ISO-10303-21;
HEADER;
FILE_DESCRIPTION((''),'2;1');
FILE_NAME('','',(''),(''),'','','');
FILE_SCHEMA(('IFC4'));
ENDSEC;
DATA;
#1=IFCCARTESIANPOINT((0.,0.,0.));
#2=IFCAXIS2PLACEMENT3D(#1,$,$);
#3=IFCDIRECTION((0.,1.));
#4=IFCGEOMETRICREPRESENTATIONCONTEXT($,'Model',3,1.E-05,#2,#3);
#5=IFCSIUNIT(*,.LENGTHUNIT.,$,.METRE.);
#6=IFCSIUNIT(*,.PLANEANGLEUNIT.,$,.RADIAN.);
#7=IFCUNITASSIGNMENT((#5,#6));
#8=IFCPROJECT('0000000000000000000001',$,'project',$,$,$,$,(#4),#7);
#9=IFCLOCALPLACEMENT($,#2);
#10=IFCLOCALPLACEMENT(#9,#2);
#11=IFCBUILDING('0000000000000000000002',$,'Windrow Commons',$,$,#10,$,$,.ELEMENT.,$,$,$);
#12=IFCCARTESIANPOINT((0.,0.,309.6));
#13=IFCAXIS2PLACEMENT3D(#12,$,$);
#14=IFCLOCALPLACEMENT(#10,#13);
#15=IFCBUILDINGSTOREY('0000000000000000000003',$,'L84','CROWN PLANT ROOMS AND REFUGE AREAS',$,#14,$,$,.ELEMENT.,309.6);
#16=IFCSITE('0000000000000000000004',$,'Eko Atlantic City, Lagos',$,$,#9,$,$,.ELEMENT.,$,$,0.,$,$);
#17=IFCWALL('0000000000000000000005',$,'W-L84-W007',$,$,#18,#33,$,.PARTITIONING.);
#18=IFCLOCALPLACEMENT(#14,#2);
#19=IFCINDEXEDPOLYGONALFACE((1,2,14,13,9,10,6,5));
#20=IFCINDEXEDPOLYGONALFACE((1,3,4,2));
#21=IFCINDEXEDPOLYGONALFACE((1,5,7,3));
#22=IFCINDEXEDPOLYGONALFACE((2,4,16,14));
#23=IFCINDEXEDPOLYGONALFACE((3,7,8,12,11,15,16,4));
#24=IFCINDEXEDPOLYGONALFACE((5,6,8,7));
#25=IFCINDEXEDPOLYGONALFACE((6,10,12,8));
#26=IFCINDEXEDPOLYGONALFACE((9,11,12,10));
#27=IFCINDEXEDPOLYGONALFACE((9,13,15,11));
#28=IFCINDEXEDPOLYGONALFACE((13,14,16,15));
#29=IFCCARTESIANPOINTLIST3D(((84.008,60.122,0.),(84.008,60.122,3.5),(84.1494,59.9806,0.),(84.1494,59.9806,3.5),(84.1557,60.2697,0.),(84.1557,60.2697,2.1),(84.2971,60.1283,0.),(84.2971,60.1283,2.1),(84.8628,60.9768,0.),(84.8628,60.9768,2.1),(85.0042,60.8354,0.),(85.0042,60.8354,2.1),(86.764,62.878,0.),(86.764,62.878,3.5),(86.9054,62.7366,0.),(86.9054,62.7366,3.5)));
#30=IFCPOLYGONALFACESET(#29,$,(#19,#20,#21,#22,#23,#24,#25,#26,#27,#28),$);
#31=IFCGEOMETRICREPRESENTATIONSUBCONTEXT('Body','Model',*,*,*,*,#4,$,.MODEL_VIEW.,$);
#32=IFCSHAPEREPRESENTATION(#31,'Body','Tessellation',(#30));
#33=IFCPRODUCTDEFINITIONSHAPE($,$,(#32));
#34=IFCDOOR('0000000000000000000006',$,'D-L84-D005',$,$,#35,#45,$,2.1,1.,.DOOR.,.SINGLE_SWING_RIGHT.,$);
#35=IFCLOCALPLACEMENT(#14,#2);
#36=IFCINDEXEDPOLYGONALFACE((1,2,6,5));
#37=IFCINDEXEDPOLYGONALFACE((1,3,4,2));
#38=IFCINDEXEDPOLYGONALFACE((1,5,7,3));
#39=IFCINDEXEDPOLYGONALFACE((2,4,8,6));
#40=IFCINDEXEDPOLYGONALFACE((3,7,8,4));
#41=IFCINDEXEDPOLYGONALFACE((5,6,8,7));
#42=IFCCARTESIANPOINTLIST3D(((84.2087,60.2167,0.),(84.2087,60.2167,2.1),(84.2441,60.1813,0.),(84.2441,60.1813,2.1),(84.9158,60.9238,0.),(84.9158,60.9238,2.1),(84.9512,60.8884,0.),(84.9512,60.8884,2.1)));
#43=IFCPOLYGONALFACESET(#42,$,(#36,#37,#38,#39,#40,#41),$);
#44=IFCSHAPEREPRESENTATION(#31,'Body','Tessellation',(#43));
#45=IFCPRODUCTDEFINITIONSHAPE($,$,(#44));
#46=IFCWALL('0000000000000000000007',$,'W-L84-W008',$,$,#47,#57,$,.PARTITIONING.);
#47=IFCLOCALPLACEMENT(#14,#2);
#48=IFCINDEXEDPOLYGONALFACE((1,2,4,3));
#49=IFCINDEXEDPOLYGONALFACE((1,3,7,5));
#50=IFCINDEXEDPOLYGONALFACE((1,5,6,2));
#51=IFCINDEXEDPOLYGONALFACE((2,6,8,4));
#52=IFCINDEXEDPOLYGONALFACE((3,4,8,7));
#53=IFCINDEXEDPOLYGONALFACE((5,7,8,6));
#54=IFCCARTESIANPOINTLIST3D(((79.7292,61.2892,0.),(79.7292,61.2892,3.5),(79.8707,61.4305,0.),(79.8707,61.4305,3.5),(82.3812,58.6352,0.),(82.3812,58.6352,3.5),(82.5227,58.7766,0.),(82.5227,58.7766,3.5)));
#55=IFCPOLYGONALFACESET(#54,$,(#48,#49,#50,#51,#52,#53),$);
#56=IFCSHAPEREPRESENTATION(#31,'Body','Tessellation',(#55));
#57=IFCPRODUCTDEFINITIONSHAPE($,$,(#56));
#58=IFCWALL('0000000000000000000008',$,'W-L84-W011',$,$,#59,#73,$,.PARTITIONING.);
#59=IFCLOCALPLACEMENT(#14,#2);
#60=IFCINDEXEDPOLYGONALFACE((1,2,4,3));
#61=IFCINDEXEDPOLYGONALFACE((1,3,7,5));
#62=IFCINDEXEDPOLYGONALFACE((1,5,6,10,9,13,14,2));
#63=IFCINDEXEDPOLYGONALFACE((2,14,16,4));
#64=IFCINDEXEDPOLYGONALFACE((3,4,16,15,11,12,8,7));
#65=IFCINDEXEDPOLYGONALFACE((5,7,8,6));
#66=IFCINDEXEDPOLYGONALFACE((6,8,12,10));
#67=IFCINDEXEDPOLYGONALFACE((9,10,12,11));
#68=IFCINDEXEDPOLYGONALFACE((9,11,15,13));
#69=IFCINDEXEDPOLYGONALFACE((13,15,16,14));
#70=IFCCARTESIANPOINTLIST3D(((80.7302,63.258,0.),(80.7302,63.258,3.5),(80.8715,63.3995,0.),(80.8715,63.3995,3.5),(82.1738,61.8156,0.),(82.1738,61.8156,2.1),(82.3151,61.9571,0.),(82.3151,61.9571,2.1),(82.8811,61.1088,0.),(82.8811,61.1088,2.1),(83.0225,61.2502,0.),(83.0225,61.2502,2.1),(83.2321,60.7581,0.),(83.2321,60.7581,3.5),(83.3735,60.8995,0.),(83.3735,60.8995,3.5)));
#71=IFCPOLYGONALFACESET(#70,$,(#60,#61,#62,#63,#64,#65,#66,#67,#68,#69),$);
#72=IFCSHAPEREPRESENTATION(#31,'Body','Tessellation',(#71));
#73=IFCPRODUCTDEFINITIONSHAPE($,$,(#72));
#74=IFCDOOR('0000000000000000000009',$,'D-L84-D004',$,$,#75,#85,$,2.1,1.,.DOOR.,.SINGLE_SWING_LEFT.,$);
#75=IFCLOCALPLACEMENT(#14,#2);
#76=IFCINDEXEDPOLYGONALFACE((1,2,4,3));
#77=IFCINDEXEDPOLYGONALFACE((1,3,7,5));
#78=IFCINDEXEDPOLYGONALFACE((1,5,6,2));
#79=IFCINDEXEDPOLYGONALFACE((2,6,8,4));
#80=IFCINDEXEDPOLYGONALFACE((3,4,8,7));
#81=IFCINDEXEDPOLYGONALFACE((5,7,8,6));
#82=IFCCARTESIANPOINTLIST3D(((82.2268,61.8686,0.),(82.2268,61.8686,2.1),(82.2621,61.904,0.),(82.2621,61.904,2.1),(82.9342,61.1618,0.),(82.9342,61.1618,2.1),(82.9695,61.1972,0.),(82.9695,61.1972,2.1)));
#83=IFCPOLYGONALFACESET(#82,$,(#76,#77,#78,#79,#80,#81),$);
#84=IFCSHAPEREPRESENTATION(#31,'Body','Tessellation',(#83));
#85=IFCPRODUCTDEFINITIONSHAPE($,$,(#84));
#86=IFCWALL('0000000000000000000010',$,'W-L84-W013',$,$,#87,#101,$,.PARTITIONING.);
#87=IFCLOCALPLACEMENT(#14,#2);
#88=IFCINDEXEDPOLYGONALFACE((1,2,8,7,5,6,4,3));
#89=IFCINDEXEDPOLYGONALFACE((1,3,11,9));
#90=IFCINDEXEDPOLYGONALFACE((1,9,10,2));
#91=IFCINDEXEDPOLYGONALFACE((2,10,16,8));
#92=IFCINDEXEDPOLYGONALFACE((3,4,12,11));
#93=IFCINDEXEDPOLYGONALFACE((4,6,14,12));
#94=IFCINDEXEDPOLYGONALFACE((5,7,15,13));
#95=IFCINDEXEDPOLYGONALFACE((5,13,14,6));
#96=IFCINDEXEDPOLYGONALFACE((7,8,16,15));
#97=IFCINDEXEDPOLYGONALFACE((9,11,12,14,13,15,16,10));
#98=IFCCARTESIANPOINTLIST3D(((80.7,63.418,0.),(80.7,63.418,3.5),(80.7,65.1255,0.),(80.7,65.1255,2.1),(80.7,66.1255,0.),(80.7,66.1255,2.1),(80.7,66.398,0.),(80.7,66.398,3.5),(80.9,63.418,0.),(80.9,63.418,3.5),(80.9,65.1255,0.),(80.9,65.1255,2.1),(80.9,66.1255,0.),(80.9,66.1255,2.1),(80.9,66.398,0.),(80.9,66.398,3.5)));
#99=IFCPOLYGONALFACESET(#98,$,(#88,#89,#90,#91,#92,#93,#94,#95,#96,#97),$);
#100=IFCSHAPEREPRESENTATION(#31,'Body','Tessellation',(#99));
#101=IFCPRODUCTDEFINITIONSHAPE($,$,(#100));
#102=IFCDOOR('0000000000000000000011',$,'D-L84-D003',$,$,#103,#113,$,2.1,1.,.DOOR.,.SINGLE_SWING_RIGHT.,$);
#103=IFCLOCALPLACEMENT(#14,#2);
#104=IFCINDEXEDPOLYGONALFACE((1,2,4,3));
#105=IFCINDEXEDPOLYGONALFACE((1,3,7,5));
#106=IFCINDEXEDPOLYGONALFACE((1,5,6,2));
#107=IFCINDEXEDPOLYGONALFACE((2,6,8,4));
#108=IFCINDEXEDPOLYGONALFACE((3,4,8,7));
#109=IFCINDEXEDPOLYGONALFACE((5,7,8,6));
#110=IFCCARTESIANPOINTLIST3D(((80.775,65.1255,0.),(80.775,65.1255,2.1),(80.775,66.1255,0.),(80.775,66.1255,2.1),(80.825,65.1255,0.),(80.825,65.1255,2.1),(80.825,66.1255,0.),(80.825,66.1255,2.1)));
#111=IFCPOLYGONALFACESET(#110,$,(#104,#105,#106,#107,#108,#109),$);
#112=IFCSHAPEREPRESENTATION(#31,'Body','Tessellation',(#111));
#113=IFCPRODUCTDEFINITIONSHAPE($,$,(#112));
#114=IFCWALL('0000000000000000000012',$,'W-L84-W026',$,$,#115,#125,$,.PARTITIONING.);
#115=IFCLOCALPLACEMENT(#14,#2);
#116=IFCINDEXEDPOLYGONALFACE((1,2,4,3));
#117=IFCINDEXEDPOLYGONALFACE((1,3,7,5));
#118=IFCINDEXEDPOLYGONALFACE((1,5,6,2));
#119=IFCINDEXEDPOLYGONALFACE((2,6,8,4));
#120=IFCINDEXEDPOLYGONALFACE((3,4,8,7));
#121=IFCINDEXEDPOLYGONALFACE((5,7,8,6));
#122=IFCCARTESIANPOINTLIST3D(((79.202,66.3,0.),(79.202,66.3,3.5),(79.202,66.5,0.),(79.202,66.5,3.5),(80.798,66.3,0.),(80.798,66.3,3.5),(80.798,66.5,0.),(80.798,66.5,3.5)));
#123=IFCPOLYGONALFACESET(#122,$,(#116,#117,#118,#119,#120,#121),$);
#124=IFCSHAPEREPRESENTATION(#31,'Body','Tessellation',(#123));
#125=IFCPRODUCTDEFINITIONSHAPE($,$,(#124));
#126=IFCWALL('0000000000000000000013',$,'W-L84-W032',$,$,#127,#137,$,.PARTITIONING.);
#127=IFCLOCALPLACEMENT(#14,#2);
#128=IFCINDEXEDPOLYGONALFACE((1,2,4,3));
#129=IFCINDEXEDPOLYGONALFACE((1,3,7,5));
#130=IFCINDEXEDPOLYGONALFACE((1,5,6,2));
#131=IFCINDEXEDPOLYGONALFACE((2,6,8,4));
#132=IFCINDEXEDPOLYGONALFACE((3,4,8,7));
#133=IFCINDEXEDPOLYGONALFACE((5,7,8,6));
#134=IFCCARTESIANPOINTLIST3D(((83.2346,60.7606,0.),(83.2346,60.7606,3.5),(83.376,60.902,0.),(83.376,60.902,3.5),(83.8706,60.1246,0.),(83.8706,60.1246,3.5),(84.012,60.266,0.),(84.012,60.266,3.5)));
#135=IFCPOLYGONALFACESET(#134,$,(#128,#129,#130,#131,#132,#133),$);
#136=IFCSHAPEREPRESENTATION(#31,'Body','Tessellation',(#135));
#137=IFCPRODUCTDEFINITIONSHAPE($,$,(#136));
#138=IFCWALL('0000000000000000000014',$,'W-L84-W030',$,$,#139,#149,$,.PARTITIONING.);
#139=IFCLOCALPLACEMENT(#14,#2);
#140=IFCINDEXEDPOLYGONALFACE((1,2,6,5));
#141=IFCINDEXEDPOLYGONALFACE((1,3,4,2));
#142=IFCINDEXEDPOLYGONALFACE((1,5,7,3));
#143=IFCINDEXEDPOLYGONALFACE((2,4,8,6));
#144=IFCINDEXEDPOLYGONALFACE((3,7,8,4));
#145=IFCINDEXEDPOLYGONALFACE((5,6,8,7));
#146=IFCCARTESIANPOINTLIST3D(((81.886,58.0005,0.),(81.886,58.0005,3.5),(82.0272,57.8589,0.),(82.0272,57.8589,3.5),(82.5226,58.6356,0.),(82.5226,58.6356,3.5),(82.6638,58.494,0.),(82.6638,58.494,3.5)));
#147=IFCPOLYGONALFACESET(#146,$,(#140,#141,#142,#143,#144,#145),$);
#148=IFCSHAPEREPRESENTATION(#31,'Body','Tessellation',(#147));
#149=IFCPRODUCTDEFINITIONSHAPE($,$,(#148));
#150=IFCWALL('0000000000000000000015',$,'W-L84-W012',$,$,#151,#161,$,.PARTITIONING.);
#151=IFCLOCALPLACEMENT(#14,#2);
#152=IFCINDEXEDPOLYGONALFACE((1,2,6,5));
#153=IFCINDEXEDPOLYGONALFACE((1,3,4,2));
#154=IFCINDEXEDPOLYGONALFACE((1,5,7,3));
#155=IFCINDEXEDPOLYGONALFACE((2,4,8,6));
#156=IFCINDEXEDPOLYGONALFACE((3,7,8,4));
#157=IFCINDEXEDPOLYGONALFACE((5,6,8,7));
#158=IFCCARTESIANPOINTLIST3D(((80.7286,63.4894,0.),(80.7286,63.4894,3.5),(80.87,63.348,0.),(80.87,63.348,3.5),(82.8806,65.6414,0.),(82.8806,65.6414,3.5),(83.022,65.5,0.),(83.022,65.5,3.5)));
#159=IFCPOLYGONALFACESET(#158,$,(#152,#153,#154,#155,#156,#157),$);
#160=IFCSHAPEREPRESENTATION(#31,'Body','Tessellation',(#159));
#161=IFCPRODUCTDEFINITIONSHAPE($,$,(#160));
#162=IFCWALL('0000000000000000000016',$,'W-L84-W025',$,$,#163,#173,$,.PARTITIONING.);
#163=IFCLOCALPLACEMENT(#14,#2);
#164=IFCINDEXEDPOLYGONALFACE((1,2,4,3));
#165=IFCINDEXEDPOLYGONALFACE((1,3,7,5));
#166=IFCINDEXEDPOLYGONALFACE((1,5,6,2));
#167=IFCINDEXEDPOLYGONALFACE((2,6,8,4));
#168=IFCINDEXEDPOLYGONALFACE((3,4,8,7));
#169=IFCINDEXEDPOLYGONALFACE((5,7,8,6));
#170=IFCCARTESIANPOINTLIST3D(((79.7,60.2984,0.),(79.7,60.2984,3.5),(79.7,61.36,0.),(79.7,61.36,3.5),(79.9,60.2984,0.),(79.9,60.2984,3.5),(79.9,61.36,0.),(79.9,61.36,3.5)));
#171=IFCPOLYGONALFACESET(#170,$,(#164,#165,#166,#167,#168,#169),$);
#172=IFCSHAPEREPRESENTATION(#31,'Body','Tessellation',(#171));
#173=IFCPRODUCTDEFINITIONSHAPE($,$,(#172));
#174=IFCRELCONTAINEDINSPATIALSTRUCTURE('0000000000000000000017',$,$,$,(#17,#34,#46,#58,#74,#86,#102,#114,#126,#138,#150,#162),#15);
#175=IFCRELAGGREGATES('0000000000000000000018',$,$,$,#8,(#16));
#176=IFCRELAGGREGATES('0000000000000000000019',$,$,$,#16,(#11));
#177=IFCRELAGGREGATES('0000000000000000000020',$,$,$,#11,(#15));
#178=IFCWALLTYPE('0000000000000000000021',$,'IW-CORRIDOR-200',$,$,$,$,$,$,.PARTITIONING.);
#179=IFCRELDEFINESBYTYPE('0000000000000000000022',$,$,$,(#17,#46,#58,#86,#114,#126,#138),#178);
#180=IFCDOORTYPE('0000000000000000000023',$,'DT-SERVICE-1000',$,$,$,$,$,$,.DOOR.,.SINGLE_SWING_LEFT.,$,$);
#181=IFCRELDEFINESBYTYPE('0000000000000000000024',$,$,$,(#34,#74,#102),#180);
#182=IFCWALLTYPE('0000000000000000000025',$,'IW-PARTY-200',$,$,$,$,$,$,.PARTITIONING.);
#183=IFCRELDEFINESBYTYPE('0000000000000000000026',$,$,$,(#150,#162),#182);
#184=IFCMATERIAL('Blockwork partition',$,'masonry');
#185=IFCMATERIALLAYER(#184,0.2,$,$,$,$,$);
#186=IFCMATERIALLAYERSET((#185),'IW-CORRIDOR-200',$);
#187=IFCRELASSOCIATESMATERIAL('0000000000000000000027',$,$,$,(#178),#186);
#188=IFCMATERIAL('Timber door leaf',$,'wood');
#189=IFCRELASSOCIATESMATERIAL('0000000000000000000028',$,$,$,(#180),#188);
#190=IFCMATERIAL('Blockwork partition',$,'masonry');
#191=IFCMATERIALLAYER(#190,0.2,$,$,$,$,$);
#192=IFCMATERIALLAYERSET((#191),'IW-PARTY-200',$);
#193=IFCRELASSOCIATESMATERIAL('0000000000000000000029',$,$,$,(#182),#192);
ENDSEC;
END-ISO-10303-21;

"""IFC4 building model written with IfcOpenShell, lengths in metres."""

from ifc_helpers import new_model, si_unit, direction, frame, frame_2d, origin, place, context, subcontext, project, spatial, polyline, rectangle, outline, extrude, material, layer, layer_set, type_object, element, fill, save


model = new_model("IFC4")

# Units and contexts
model_context = context("Model", 3, precision=1e-05, world=origin(), true_north=direction((0.0, 1.0)))
body_context = subcontext(model_context, "Body", "Model", "MODEL_VIEW")
ifc_project = project(units=[si_unit("LENGTHUNIT", "METRE"), si_unit("PLANEANGLEUNIT", "RADIAN")], contexts=[model_context])

# Site, building, storey
site_placement = place(None, origin())
site = spatial("IfcSite", under=ifc_project, at=site_placement, Name="Eko Atlantic City, Lagos", CompositionType="ELEMENT", RefElevation=0.0)
building_placement = place(site_placement, origin())
building = spatial("IfcBuilding", under=site, at=building_placement, Name="Windrow Commons", CompositionType="ELEMENT")
storey_placement = place(building_placement, frame((0.0, 0.0, 309.6)))
storey = spatial("IfcBuildingStorey", under=building, at=storey_placement, Name="L84", Description="CROWN PLANT ROOMS AND REFUGE AREAS", CompositionType="ELEMENT", Elevation=309.6)

# Wall, opening, door
ifc_material_1 = material(Name="Blockwork partition", Category="masonry")
ifc_layer_1 = layer(ifc_material_1, 0.2)
ifc_layer_set_1 = layer_set([ifc_layer_1], Name="IW-CORRIDOR-200")
wall_type_1 = type_object("IfcWallType", Name="IW-CORRIDOR-200", PredefinedType="PARTITIONING", material=ifc_layer_set_1)
wall_1_placement = place(storey_placement, frame((84.0787, 60.0513, 0.0), z_axis=(0.0, 0.0, 1.0), x_axis=(0.707107, 0.707107, 0.0)))
wall_1 = element("IfcWall", 1, at=wall_1_placement, inside=storey, type_object=wall_type_1, Name="W-L84-W007", PredefinedType="PARTITIONING", context=body_context, shape_type="SweptSolid", body=[
    extrude(rectangle(XDim=3.8976, YDim=0.2, at=frame_2d((1.9488, 0.0))), origin(), (0.0, 0.0, 1.0), 3.5),
])
opening_1_placement = place(wall_1_placement, frame((0.2089, 0.0, 0.0)))
opening_1 = element("IfcOpeningElement", 2, at=opening_1_placement, cuts=wall_1, PredefinedType="OPENING", context=body_context, shape_type="SweptSolid", body=[
    extrude(rectangle(XDim=1.0, YDim=2.1, at=frame_2d((0.5, 1.05))), frame((0.0, 0.11, 0.0), z_axis=(0.0, -1.0, 0.0), x_axis=(1.0, 0.0, 0.0)), (0.0, 0.0, 1.0), 0.22),
])
ifc_material_2 = material(Name="Timber door leaf", Category="wood")
door_type_1 = type_object("IfcDoorType", Name="DT-SERVICE-1000", OperationType="SINGLE_SWING_LEFT", PredefinedType="DOOR", material=ifc_material_2)
door_1_placement = place(opening_1_placement, origin())
door_1 = element("IfcDoor", 3, at=door_1_placement, inside=storey, type_object=door_type_1, Name="D-L84-D005", OperationType="SINGLE_SWING_RIGHT", OverallHeight=2.1, OverallWidth=1.0, PredefinedType="DOOR", context=body_context, shape_type="SweptSolid", body=[
    extrude(rectangle(XDim=1.0, YDim=2.1, at=frame_2d((0.5, 1.05))), frame((0.0, 0.025, 0.0), z_axis=(0.0, -1.0, 0.0), x_axis=(1.0, 0.0, 0.0)), (0.0, 0.0, 1.0), 0.05),
])
fill(opening_1, door_1)

# Wall
wall_2_placement = place(storey_placement, frame((79.7999, 61.3599, 0.0), z_axis=(0.0, 0.0, 1.0), x_axis=(0.70684, -0.707373, 0.0)))
element("IfcWall", 4, at=wall_2_placement, inside=storey, type_object=wall_type_1, Name="W-L84-W008", PredefinedType="PARTITIONING", context=body_context, shape_type="SweptSolid", body=[
    extrude(rectangle(XDim=3.7519, YDim=0.2, at=frame_2d((1.876, 0.0))), origin(), (0.0, 0.0, 1.0), 3.5),
])

# Walls, openings, doors
wall_3_placement = place(storey_placement, frame((80.8008, 63.3288, 0.0), z_axis=(0.0, 0.0, 1.0), x_axis=(0.707389, -0.706824, 0.0)))
wall_3 = element("IfcWall", 5, at=wall_3_placement, inside=storey, type_object=wall_type_1, Name="W-L84-W011", PredefinedType="PARTITIONING", context=body_context, shape_type="SweptSolid", body=[
    extrude(rectangle(XDim=3.5369, YDim=0.2, at=frame_2d((1.7685, 0.0))), origin(), (0.0, 0.0, 1.0), 3.5),
])
opening_2_placement = place(wall_3_placement, frame((2.0408, 0.0, 0.0)))
opening_2 = element("IfcOpeningElement", 6, at=opening_2_placement, cuts=wall_3, PredefinedType="OPENING", context=body_context, shape_type="SweptSolid", body=[
    extrude(rectangle(XDim=1.0, YDim=2.1, at=frame_2d((0.5, 1.05))), frame((0.0, 0.11, 0.0), z_axis=(0.0, -1.0, 0.0), x_axis=(1.0, 0.0, 0.0)), (0.0, 0.0, 1.0), 0.22),
])
door_2_placement = place(opening_2_placement, origin())
door_2 = element("IfcDoor", 7, at=door_2_placement, inside=storey, type_object=door_type_1, Name="D-L84-D004", OperationType="SINGLE_SWING_LEFT", OverallHeight=2.1, OverallWidth=1.0, PredefinedType="DOOR", context=body_context, shape_type="SweptSolid", body=[
    extrude(rectangle(XDim=1.0, YDim=2.1, at=frame_2d((0.5, 1.05))), frame((0.0, 0.025, 0.0), z_axis=(0.0, -1.0, 0.0), x_axis=(1.0, 0.0, 0.0)), (0.0, 0.0, 1.0), 0.05),
])
fill(opening_2, door_2)
wall_4_placement = place(storey_placement, frame((80.8, 63.418, 0.0), z_axis=(0.0, 0.0, 1.0), x_axis=(0.0, 1.0, 0.0)))
wall_4 = element("IfcWall", 8, at=wall_4_placement, inside=storey, type_object=wall_type_1, Name="W-L84-W013", PredefinedType="PARTITIONING", context=body_context, shape_type="SweptSolid", body=[
    extrude(rectangle(XDim=2.98, YDim=0.2, at=frame_2d((1.49, 0.0))), origin(), (0.0, 0.0, 1.0), 3.5),
])
opening_3_placement = place(wall_4_placement, frame((1.7075, 0.0, 0.0)))
opening_3 = element("IfcOpeningElement", 9, at=opening_3_placement, cuts=wall_4, PredefinedType="OPENING", context=body_context, shape_type="SweptSolid", body=[
    extrude(rectangle(XDim=1.0, YDim=2.1, at=frame_2d((0.5, 1.05))), frame((0.0, 0.11, 0.0), z_axis=(0.0, -1.0, 0.0), x_axis=(1.0, 0.0, 0.0)), (0.0, 0.0, 1.0), 0.22),
])
door_3_placement = place(opening_3_placement, origin())
door_3 = element("IfcDoor", 10, at=door_3_placement, inside=storey, type_object=door_type_1, Name="D-L84-D003", OperationType="SINGLE_SWING_RIGHT", OverallHeight=2.1, OverallWidth=1.0, PredefinedType="DOOR", context=body_context, shape_type="SweptSolid", body=[
    extrude(rectangle(XDim=1.0, YDim=2.1, at=frame_2d((0.5, 1.05))), frame((0.0, 0.025, 0.0), z_axis=(0.0, -1.0, 0.0), x_axis=(1.0, 0.0, 0.0)), (0.0, 0.0, 1.0), 0.05),
])
fill(opening_3, door_3)

# Walls
wall_5_placement = place(storey_placement, frame((79.202, 66.4, 0.0), z_axis=(0.0, 0.0, 1.0), x_axis=(1.0, 0.0, 0.0)))
element("IfcWall", 11, at=wall_5_placement, inside=storey, type_object=wall_type_1, Name="W-L84-W026", PredefinedType="PARTITIONING", context=body_context, shape_type="SweptSolid", body=[
    extrude(rectangle(XDim=1.596, YDim=0.2, at=frame_2d((0.798, 0.0))), origin(), (0.0, 0.0, 1.0), 3.5),
])
wall_6_placement = place(storey_placement, frame((83.3053, 60.8313, 0.0), z_axis=(0.0, 0.0, 1.0), x_axis=(0.707107, -0.707107, 0.0)))
element("IfcWall", 12, at=wall_6_placement, inside=storey, type_object=wall_type_1, Name="W-L84-W032", PredefinedType="PARTITIONING", context=body_context, shape_type="SweptSolid", body=[
    extrude(rectangle(XDim=0.8994, YDim=0.2, at=frame_2d((0.4497, 0.0))), origin(), (0.0, 0.0, 1.0), 3.5),
])
wall_7_placement = place(storey_placement, frame((81.9566, 57.9297, 0.0), z_axis=(0.0, 0.0, 1.0), x_axis=(0.70794, 0.706272, 0.0)))
element("IfcWall", 13, at=wall_7_placement, inside=storey, type_object=wall_type_1, Name="W-L84-W030", PredefinedType="PARTITIONING", context=body_context, shape_type="SweptSolid", body=[
    extrude(outline(polyline([(0.0, -0.1), (0.8992, -0.1), (0.8992, 0.1), (0.0, 0.1), (0.0, -0.1)])), origin(), (0.0, 0.0, 1.0), 3.5),
])
ifc_material_3 = material(Name="Blockwork partition", Category="masonry")
ifc_layer_2 = layer(ifc_material_3, 0.2)
ifc_layer_set_2 = layer_set([ifc_layer_2], Name="IW-PARTY-200")
wall_type_2 = type_object("IfcWallType", Name="IW-PARTY-200", PredefinedType="PARTITIONING", material=ifc_layer_set_2)
wall_8_placement = place(storey_placement, frame((80.7993, 63.4187, 0.0), z_axis=(0.0, 0.0, 1.0), x_axis=(0.707107, 0.707107, 0.0)))
element("IfcWall", 14, at=wall_8_placement, inside=storey, type_object=wall_type_2, Name="W-L84-W012", PredefinedType="PARTITIONING", context=body_context, shape_type="SweptSolid", body=[
    extrude(rectangle(XDim=3.0434, YDim=0.2, at=frame_2d((1.5217, 0.0))), origin(), (0.0, 0.0, 1.0), 3.5),
])
wall_9_placement = place(storey_placement, frame((79.8, 60.2984, 0.0), z_axis=(0.0, 0.0, 1.0), x_axis=(0.0, 1.0, 0.0)))
element("IfcWall", 15, at=wall_9_placement, inside=storey, type_object=wall_type_2, Name="W-L84-W025", PredefinedType="PARTITIONING", context=body_context, shape_type="SweptSolid", body=[
    extrude(rectangle(XDim=1.0616, YDim=0.2, at=frame_2d((0.5308, 0.0))), origin(), (0.0, 0.0, 1.0), 3.5),
])

save(model, "model.ifc")
